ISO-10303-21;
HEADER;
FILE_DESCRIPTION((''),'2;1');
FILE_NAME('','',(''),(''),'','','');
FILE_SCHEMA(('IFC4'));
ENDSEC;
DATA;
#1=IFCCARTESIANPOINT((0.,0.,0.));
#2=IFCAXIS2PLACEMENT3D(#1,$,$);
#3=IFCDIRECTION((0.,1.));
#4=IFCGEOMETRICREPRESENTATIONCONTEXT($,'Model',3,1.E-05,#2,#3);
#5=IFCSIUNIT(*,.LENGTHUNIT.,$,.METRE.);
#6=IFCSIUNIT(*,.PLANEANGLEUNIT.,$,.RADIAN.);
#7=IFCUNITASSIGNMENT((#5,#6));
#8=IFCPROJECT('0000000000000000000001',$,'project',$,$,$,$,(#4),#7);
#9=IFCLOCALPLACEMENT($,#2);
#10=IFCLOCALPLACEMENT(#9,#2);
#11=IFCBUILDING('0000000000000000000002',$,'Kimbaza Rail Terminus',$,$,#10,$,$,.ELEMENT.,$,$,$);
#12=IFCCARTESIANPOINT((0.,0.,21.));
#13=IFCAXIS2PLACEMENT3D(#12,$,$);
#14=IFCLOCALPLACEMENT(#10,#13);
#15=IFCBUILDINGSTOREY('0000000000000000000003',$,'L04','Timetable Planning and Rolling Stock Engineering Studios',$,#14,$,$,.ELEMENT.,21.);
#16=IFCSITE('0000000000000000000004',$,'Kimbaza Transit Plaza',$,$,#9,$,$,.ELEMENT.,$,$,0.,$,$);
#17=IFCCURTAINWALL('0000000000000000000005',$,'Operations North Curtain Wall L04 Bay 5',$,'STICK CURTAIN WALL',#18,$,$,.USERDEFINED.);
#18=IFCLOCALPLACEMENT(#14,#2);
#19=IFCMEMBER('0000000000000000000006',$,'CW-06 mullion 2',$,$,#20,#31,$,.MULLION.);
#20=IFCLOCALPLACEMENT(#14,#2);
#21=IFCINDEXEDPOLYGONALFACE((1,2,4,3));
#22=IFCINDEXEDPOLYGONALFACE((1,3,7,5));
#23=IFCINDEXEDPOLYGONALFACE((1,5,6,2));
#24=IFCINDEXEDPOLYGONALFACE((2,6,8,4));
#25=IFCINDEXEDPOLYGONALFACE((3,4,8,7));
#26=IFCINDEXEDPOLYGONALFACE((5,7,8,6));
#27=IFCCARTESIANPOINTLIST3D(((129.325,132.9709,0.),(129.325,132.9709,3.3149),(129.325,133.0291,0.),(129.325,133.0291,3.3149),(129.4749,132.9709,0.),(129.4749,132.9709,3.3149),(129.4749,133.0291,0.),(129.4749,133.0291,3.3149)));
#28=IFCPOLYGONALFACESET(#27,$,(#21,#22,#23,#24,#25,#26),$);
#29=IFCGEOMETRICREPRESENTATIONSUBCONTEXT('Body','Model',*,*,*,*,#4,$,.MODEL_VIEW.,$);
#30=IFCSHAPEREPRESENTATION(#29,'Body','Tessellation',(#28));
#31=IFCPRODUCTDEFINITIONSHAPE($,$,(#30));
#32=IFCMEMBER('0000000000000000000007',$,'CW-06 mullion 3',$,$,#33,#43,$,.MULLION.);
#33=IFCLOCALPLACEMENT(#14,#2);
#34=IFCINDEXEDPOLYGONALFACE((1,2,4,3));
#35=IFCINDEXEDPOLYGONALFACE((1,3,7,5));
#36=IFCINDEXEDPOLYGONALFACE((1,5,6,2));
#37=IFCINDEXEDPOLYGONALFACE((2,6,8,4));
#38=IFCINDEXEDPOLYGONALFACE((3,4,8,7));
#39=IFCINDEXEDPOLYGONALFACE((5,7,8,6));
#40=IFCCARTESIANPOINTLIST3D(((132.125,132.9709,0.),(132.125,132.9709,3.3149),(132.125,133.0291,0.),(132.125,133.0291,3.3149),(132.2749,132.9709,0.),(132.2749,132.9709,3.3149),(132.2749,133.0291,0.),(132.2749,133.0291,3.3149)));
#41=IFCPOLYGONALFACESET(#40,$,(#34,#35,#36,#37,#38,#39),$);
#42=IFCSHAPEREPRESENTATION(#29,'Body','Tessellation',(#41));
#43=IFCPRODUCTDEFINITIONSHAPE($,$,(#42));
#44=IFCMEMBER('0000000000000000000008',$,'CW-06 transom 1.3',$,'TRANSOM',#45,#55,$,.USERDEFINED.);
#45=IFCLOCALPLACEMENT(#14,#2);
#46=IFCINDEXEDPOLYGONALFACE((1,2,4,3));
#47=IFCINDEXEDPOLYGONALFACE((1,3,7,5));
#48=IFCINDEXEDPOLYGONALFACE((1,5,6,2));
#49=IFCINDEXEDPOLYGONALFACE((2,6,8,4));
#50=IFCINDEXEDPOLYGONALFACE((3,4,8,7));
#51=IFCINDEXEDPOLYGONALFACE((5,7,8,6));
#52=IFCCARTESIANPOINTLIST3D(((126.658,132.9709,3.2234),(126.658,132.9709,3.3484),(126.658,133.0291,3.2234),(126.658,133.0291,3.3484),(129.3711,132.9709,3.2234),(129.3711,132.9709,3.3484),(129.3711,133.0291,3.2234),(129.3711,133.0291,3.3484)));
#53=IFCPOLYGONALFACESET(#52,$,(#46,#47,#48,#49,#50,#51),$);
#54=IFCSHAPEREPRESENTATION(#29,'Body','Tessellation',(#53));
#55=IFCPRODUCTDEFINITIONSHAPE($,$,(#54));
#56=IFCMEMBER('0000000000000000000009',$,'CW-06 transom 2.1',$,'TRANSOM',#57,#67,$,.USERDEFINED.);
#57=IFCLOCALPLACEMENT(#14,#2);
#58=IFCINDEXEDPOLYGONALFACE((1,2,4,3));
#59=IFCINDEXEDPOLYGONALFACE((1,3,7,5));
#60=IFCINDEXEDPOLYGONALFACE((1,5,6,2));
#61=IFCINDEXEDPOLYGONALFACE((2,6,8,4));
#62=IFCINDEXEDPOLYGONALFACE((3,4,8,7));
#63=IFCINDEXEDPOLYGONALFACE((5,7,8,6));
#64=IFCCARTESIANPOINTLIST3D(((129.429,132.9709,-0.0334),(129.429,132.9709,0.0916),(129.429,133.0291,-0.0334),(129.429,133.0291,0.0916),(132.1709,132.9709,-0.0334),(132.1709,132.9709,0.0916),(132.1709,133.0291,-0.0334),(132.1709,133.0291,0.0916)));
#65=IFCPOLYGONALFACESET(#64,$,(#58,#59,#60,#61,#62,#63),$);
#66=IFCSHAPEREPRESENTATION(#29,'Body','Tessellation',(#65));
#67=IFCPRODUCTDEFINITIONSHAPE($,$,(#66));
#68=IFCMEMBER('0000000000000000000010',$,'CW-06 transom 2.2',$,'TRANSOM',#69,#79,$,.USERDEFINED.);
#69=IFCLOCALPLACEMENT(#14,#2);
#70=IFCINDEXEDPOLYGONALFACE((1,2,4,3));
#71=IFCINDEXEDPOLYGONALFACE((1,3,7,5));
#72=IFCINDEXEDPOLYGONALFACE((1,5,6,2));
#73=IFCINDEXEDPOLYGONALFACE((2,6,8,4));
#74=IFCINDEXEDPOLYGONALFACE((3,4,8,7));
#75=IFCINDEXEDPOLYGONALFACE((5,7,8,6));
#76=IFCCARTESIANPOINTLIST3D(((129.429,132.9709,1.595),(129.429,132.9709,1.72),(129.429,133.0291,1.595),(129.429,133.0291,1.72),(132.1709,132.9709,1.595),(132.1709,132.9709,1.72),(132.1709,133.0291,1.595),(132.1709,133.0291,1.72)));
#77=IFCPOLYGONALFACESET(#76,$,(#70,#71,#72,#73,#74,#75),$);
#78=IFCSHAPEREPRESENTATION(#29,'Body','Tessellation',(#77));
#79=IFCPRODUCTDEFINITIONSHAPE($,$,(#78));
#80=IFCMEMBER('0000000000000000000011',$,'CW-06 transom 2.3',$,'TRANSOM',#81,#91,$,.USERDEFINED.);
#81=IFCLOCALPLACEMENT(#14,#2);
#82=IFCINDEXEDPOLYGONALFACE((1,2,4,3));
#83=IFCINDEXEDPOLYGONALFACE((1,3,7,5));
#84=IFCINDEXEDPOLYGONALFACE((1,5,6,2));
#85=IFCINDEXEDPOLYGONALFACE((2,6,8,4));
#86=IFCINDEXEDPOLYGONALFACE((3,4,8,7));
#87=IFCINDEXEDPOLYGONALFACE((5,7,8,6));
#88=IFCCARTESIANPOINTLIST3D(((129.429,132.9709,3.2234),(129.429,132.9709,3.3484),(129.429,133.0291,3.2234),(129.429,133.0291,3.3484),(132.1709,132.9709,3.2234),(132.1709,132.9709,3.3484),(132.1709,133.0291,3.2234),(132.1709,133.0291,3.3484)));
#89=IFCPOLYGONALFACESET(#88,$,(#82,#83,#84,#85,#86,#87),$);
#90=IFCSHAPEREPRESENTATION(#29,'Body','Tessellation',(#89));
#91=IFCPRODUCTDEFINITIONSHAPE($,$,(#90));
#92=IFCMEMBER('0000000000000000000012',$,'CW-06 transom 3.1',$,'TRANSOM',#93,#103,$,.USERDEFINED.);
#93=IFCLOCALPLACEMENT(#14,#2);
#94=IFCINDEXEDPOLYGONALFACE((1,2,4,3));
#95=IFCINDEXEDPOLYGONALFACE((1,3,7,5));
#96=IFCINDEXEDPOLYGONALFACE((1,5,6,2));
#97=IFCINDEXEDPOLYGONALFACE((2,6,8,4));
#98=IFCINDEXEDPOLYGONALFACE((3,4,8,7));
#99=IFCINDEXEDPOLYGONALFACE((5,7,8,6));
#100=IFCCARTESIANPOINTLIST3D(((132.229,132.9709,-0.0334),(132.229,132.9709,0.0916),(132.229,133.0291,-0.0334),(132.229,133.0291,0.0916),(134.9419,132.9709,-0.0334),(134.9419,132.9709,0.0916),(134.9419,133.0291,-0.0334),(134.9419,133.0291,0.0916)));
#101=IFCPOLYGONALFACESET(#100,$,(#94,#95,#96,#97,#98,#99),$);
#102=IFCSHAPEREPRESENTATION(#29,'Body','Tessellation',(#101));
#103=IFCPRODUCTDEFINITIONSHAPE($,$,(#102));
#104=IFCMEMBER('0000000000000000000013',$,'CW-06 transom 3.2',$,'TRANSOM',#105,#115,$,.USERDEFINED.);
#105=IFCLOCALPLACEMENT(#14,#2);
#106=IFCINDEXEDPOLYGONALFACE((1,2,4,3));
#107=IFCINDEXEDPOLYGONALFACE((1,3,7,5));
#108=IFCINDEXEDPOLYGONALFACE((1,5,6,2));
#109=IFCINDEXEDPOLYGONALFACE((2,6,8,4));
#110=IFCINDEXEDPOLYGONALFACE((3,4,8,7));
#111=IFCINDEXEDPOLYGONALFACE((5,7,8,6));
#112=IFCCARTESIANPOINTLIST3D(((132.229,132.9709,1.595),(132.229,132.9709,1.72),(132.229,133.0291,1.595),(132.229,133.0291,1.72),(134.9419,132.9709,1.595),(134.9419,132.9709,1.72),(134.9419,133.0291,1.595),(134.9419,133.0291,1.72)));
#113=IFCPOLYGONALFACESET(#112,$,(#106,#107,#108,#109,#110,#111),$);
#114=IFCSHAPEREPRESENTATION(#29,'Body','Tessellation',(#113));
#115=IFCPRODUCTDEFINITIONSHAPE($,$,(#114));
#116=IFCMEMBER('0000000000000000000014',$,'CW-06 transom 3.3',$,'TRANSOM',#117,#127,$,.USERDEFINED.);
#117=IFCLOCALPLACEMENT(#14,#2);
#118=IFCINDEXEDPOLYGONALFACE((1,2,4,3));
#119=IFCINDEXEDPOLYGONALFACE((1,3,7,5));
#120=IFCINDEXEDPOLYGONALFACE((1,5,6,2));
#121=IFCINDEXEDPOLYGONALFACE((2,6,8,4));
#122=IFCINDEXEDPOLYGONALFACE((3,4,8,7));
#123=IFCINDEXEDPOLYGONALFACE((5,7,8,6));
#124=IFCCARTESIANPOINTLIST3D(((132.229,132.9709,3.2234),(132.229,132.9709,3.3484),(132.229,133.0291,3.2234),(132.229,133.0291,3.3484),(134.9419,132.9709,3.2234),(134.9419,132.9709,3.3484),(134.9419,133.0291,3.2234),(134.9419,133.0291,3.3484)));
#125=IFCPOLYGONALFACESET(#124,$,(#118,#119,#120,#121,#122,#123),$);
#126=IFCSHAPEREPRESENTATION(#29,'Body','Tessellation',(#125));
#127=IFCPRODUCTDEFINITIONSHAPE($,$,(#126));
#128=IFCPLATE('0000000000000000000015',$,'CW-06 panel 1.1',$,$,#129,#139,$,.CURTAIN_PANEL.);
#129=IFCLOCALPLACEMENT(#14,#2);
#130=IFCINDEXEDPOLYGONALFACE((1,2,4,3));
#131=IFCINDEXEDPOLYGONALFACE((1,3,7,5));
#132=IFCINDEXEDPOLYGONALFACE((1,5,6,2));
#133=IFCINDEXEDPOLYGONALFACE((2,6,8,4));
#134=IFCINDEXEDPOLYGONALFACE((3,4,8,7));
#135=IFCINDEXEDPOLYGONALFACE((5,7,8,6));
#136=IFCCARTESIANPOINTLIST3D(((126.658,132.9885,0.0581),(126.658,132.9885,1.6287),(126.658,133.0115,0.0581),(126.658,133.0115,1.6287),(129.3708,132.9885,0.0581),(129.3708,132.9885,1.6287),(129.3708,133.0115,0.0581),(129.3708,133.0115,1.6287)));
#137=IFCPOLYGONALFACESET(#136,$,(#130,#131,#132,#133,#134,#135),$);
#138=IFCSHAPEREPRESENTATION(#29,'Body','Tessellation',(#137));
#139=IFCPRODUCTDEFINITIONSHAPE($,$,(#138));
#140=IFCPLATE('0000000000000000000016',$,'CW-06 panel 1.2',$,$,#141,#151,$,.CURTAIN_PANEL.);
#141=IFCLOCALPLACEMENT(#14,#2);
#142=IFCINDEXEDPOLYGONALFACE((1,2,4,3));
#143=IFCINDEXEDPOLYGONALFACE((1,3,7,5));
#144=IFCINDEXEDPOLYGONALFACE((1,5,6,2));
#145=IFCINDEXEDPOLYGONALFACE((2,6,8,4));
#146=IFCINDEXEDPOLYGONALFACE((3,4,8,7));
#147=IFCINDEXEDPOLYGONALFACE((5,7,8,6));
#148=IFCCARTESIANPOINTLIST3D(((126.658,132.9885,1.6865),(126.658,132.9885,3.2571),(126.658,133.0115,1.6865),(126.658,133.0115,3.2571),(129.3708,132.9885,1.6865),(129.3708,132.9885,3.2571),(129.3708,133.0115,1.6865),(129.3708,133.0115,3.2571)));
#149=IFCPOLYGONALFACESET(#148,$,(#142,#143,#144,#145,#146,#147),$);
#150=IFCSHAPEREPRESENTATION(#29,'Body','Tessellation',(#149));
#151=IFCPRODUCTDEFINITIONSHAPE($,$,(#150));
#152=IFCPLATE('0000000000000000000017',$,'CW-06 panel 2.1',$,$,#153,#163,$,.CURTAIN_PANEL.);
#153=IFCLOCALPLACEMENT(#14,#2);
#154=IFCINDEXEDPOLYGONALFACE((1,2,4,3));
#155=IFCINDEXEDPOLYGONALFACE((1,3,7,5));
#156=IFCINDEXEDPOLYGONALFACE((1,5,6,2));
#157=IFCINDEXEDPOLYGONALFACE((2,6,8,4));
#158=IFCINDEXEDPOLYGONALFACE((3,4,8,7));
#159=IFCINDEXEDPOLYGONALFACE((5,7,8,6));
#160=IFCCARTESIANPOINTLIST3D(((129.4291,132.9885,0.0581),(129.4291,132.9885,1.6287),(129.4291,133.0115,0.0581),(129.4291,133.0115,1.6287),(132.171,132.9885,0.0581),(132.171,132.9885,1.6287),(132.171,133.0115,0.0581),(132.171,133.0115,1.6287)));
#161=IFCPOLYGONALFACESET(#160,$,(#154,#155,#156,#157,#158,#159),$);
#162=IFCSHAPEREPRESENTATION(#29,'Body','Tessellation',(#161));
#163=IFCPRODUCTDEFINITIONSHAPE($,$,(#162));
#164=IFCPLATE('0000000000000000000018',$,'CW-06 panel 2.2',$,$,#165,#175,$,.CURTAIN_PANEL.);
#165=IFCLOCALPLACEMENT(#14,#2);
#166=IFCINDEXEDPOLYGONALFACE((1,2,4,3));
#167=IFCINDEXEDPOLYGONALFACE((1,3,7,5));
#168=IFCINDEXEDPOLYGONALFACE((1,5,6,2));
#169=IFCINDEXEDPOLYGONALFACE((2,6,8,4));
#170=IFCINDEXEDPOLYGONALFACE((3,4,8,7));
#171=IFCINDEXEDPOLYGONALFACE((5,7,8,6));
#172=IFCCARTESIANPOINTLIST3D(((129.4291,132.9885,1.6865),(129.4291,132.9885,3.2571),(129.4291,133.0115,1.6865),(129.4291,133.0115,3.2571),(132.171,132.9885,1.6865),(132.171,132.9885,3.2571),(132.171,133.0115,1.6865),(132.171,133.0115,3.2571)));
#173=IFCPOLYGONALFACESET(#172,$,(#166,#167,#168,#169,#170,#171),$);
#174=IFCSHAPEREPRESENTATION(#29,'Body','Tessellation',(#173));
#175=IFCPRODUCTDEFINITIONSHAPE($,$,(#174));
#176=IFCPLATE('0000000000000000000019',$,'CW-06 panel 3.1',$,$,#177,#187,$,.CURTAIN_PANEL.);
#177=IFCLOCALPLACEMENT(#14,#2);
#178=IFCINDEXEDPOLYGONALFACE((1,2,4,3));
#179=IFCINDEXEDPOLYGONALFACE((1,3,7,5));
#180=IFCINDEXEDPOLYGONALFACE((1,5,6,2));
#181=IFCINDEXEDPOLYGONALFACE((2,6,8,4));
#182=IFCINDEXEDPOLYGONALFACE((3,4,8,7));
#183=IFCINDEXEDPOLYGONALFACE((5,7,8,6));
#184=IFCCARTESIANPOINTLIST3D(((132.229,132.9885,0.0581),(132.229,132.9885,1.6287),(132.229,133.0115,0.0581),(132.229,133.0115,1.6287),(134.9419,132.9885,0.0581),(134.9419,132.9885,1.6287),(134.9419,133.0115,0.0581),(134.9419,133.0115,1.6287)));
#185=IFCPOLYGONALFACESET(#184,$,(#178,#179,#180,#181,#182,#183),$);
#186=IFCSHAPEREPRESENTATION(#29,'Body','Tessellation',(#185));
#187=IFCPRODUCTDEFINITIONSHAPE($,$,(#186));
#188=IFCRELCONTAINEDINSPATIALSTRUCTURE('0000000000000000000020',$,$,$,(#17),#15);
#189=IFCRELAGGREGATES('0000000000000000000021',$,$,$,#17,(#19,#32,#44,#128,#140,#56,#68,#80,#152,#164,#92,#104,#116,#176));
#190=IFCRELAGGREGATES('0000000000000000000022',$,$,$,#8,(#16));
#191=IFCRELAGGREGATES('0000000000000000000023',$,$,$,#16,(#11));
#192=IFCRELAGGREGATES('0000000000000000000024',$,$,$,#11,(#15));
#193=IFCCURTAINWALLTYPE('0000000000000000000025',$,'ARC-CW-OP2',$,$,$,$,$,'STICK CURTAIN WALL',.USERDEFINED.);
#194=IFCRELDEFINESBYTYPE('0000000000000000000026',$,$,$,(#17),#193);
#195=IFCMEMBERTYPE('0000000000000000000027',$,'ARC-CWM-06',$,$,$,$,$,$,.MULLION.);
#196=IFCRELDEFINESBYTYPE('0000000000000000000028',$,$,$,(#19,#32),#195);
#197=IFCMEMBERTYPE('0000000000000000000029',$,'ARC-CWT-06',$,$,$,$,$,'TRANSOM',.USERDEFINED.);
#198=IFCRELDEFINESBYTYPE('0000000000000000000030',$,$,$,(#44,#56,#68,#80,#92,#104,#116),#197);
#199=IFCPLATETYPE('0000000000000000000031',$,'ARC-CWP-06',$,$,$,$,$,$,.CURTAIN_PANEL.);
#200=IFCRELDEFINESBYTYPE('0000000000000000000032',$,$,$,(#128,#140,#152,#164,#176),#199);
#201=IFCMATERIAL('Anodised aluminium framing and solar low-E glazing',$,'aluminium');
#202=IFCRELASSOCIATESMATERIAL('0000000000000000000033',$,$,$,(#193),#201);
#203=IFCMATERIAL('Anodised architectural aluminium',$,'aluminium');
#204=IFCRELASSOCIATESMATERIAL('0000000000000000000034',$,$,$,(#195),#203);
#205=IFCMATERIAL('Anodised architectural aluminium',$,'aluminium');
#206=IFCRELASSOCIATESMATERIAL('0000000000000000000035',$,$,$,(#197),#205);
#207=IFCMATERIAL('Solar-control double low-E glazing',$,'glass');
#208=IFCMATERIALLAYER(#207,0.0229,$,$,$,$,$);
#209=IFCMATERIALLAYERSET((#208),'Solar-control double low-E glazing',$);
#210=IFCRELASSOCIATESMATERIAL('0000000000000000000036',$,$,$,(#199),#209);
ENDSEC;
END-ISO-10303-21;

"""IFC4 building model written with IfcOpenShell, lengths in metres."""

from ifc_helpers import new_model, si_unit, direction, frame, origin, origin_2d, place, context, subcontext, project, spatial, rectangle, extrude, material, layer, layer_set, material_profile, profile_set, type_object, element, aggregate, save


model = new_model("IFC4")

# Units and contexts
model_context = context("Model", 3, precision=1e-05, world=origin(), true_north=direction((0.0, 1.0)))
body_context = subcontext(model_context, "Body", "Model", "MODEL_VIEW")
ifc_project = project(units=[si_unit("LENGTHUNIT", "METRE"), si_unit("PLANEANGLEUNIT", "RADIAN")], contexts=[model_context])

# Site, building, storey
site_placement = place(None, origin())
site = spatial("IfcSite", under=ifc_project, at=site_placement, Name="Kimbaza Transit Plaza", CompositionType="ELEMENT", RefElevation=0.0)
building_placement = place(site_placement, origin())
building = spatial("IfcBuilding", under=site, at=building_placement, Name="Kimbaza Rail Terminus", CompositionType="ELEMENT")
storey_placement = place(building_placement, frame((0.0, 0.0, 21.0)))
storey = spatial("IfcBuildingStorey", under=building, at=storey_placement, Name="L04", Description="Timetable Planning and Rolling Stock Engineering Studios", CompositionType="ELEMENT", Elevation=21.0)

# Curtain wall, members, plates
ifc_material_1 = material(Name="Anodised aluminium framing and solar low-E glazing", Category="aluminium")
curtain_wall_type = type_object("IfcCurtainWallType", Name="ARC-CW-OP2", ElementType="STICK CURTAIN WALL", PredefinedType="USERDEFINED", material=ifc_material_1)
curtain_wall_placement = place(storey_placement, origin())
curtain_wall = element("IfcCurtainWall", 1, at=curtain_wall_placement, inside=storey, type_object=curtain_wall_type, Name="Operations North Curtain Wall L04 Bay 5", ObjectType="STICK CURTAIN WALL", PredefinedType="USERDEFINED")
ifc_material_2 = material(Name="Anodised architectural aluminium", Category="aluminium")
ifc_material_profile_1 = material_profile(ifc_material_2, rectangle(XDim=0.0581, YDim=0.1499, at=origin_2d()), Name="MULLION 58x150")
ifc_profile_set_1 = profile_set([ifc_material_profile_1], Name="Anodised architectural aluminium")
member_type_1 = type_object("IfcMemberType", Name="ARC-CWM-06", PredefinedType="MULLION", material=ifc_profile_set_1)
member_1_placement = place(storey_placement, frame((129.3999, 133.0, 0.0), z_axis=(0.0, 0.0, 1.0), x_axis=(0.0, 1.0, 0.0)))
member_1 = element("IfcMember", 2, at=member_1_placement, type_object=member_type_1, Name="CW-06 mullion 2", PredefinedType="MULLION", context=body_context, shape_type="SweptSolid", body=[
    extrude(rectangle(XDim=0.0581, YDim=0.1499, at=origin_2d()), origin(), (0.0, 0.0, 1.0), 3.3149),
])
member_2_placement = place(storey_placement, frame((132.2, 133.0, 0.0), z_axis=(0.0, 0.0, 1.0), x_axis=(0.0, 1.0, 0.0)))
member_2 = element("IfcMember", 3, at=member_2_placement, type_object=member_type_1, Name="CW-06 mullion 3", PredefinedType="MULLION", context=body_context, shape_type="SweptSolid", body=[
    extrude(rectangle(XDim=0.0581, YDim=0.1499, at=origin_2d()), origin(), (0.0, 0.0, 1.0), 3.3149),
])
ifc_material_3 = material(Name="Anodised architectural aluminium", Category="aluminium")
ifc_material_profile_2 = material_profile(ifc_material_3, rectangle(XDim=0.0581, YDim=0.125, at=origin_2d()), Name="TRANSOM 58x125")
ifc_profile_set_2 = profile_set([ifc_material_profile_2], Name="Anodised architectural aluminium")
member_type_2 = type_object("IfcMemberType", Name="ARC-CWT-06", ElementType="TRANSOM", PredefinedType="USERDEFINED", material=ifc_profile_set_2)
member_3_placement = place(storey_placement, frame((126.658, 133.0, 3.2859), z_axis=(1.0, 0.0, 0.0), x_axis=(0.0, 1.0, 0.0)))
member_3 = element("IfcMember", 4, at=member_3_placement, type_object=member_type_2, Name="CW-06 transom 1.3", ObjectType="TRANSOM", PredefinedType="USERDEFINED", context=body_context, shape_type="SweptSolid", body=[
    extrude(rectangle(XDim=0.0581, YDim=0.125, at=origin_2d()), origin(), (0.0, 0.0, 1.0), 2.7131),
])
member_4_placement = place(storey_placement, frame((129.429, 133.0, 0.0291), z_axis=(1.0, 0.0, 0.0), x_axis=(0.0, 1.0, 0.0)))
member_4 = element("IfcMember", 5, at=member_4_placement, type_object=member_type_2, Name="CW-06 transom 2.1", ObjectType="TRANSOM", PredefinedType="USERDEFINED", context=body_context, shape_type="SweptSolid", body=[
    extrude(rectangle(XDim=0.0581, YDim=0.125, at=origin_2d()), origin(), (0.0, 0.0, 1.0), 2.7419),
])
member_5_placement = place(storey_placement, frame((129.429, 133.0, 1.6575), z_axis=(1.0, 0.0, 0.0), x_axis=(0.0, 1.0, 0.0)))
member_5 = element("IfcMember", 6, at=member_5_placement, type_object=member_type_2, Name="CW-06 transom 2.2", ObjectType="TRANSOM", PredefinedType="USERDEFINED", context=body_context, shape_type="SweptSolid", body=[
    extrude(rectangle(XDim=0.0581, YDim=0.125, at=origin_2d()), origin(), (0.0, 0.0, 1.0), 2.7419),
])
member_6_placement = place(storey_placement, frame((129.429, 133.0, 3.2859), z_axis=(1.0, 0.0, 0.0), x_axis=(0.0, 1.0, 0.0)))
member_6 = element("IfcMember", 7, at=member_6_placement, type_object=member_type_2, Name="CW-06 transom 2.3", ObjectType="TRANSOM", PredefinedType="USERDEFINED", context=body_context, shape_type="SweptSolid", body=[
    extrude(rectangle(XDim=0.0581, YDim=0.125, at=origin_2d()), origin(), (0.0, 0.0, 1.0), 2.7419),
])
member_7_placement = place(storey_placement, frame((132.229, 133.0, 0.0291), z_axis=(1.0, 0.0, 0.0), x_axis=(0.0, 1.0, 0.0)))
member_7 = element("IfcMember", 8, at=member_7_placement, type_object=member_type_2, Name="CW-06 transom 3.1", ObjectType="TRANSOM", PredefinedType="USERDEFINED", context=body_context, shape_type="SweptSolid", body=[
    extrude(rectangle(XDim=0.0581, YDim=0.125, at=origin_2d()), origin(), (0.0, 0.0, 1.0), 2.7129),
])
member_8_placement = place(storey_placement, frame((132.229, 133.0, 1.6575), z_axis=(1.0, 0.0, 0.0), x_axis=(0.0, 1.0, 0.0)))
member_8 = element("IfcMember", 9, at=member_8_placement, type_object=member_type_2, Name="CW-06 transom 3.2", ObjectType="TRANSOM", PredefinedType="USERDEFINED", context=body_context, shape_type="SweptSolid", body=[
    extrude(rectangle(XDim=0.0581, YDim=0.125, at=origin_2d()), origin(), (0.0, 0.0, 1.0), 2.7129),
])
member_9_placement = place(storey_placement, frame((132.229, 133.0, 3.2859), z_axis=(1.0, 0.0, 0.0), x_axis=(0.0, 1.0, 0.0)))
member_9 = element("IfcMember", 10, at=member_9_placement, type_object=member_type_2, Name="CW-06 transom 3.3", ObjectType="TRANSOM", PredefinedType="USERDEFINED", context=body_context, shape_type="SweptSolid", body=[
    extrude(rectangle(XDim=0.0581, YDim=0.125, at=origin_2d()), origin(), (0.0, 0.0, 1.0), 2.7129),
])
ifc_material_4 = material(Name="Solar-control double low-E glazing", Category="glass")
ifc_layer_1 = layer(ifc_material_4, 0.0229)
ifc_layer_set_1 = layer_set([ifc_layer_1], Name="Solar-control double low-E glazing")
plate_type = type_object("IfcPlateType", Name="ARC-CWP-06", PredefinedType="CURTAIN_PANEL", material=ifc_layer_set_1)
plate_1_placement = place(storey_placement, frame((128.0144, 133.0, 0.0581), z_axis=(0.0, 0.0, 1.0), x_axis=(1.0, 0.0, 0.0)))
plate_1 = element("IfcPlate", 11, at=plate_1_placement, type_object=plate_type, Name="CW-06 panel 1.1", PredefinedType="CURTAIN_PANEL", context=body_context, shape_type="SweptSolid", body=[
    extrude(rectangle(XDim=2.7129, YDim=0.0229, at=origin_2d()), origin(), (0.0, 0.0, 1.0), 1.5706),
])
plate_2_placement = place(storey_placement, frame((128.0144, 133.0, 1.6865), z_axis=(0.0, 0.0, 1.0), x_axis=(1.0, 0.0, 0.0)))
plate_2 = element("IfcPlate", 12, at=plate_2_placement, type_object=plate_type, Name="CW-06 panel 1.2", PredefinedType="CURTAIN_PANEL", context=body_context, shape_type="SweptSolid", body=[
    extrude(rectangle(XDim=2.7129, YDim=0.0229, at=origin_2d()), origin(), (0.0, 0.0, 1.0), 1.5706),
])
plate_3_placement = place(storey_placement, frame((130.8, 133.0, 0.0581), z_axis=(0.0, 0.0, 1.0), x_axis=(1.0, 0.0, 0.0)))
plate_3 = element("IfcPlate", 13, at=plate_3_placement, type_object=plate_type, Name="CW-06 panel 2.1", PredefinedType="CURTAIN_PANEL", context=body_context, shape_type="SweptSolid", body=[
    extrude(rectangle(XDim=2.7419, YDim=0.0229, at=origin_2d()), origin(), (0.0, 0.0, 1.0), 1.5706),
])
plate_4_placement = place(storey_placement, frame((130.8, 133.0, 1.6865), z_axis=(0.0, 0.0, 1.0), x_axis=(1.0, 0.0, 0.0)))
plate_4 = element("IfcPlate", 14, at=plate_4_placement, type_object=plate_type, Name="CW-06 panel 2.2", PredefinedType="CURTAIN_PANEL", context=body_context, shape_type="SweptSolid", body=[
    extrude(rectangle(XDim=2.7419, YDim=0.0229, at=origin_2d()), origin(), (0.0, 0.0, 1.0), 1.5706),
])
plate_5_placement = place(storey_placement, frame((133.5854, 133.0, 0.0581), z_axis=(0.0, 0.0, 1.0), x_axis=(1.0, 0.0, 0.0)))
plate_5 = element("IfcPlate", 15, at=plate_5_placement, type_object=plate_type, Name="CW-06 panel 3.1", PredefinedType="CURTAIN_PANEL", context=body_context, shape_type="SweptSolid", body=[
    extrude(rectangle(XDim=2.7129, YDim=0.0229, at=origin_2d()), origin(), (0.0, 0.0, 1.0), 1.5706),
])
aggregate(curtain_wall, [member_1, member_2, member_3, plate_1, plate_2, member_4, member_5, member_6, plate_3, plate_4, member_7, member_8, member_9, plate_5])

save(model, "model.ifc")
